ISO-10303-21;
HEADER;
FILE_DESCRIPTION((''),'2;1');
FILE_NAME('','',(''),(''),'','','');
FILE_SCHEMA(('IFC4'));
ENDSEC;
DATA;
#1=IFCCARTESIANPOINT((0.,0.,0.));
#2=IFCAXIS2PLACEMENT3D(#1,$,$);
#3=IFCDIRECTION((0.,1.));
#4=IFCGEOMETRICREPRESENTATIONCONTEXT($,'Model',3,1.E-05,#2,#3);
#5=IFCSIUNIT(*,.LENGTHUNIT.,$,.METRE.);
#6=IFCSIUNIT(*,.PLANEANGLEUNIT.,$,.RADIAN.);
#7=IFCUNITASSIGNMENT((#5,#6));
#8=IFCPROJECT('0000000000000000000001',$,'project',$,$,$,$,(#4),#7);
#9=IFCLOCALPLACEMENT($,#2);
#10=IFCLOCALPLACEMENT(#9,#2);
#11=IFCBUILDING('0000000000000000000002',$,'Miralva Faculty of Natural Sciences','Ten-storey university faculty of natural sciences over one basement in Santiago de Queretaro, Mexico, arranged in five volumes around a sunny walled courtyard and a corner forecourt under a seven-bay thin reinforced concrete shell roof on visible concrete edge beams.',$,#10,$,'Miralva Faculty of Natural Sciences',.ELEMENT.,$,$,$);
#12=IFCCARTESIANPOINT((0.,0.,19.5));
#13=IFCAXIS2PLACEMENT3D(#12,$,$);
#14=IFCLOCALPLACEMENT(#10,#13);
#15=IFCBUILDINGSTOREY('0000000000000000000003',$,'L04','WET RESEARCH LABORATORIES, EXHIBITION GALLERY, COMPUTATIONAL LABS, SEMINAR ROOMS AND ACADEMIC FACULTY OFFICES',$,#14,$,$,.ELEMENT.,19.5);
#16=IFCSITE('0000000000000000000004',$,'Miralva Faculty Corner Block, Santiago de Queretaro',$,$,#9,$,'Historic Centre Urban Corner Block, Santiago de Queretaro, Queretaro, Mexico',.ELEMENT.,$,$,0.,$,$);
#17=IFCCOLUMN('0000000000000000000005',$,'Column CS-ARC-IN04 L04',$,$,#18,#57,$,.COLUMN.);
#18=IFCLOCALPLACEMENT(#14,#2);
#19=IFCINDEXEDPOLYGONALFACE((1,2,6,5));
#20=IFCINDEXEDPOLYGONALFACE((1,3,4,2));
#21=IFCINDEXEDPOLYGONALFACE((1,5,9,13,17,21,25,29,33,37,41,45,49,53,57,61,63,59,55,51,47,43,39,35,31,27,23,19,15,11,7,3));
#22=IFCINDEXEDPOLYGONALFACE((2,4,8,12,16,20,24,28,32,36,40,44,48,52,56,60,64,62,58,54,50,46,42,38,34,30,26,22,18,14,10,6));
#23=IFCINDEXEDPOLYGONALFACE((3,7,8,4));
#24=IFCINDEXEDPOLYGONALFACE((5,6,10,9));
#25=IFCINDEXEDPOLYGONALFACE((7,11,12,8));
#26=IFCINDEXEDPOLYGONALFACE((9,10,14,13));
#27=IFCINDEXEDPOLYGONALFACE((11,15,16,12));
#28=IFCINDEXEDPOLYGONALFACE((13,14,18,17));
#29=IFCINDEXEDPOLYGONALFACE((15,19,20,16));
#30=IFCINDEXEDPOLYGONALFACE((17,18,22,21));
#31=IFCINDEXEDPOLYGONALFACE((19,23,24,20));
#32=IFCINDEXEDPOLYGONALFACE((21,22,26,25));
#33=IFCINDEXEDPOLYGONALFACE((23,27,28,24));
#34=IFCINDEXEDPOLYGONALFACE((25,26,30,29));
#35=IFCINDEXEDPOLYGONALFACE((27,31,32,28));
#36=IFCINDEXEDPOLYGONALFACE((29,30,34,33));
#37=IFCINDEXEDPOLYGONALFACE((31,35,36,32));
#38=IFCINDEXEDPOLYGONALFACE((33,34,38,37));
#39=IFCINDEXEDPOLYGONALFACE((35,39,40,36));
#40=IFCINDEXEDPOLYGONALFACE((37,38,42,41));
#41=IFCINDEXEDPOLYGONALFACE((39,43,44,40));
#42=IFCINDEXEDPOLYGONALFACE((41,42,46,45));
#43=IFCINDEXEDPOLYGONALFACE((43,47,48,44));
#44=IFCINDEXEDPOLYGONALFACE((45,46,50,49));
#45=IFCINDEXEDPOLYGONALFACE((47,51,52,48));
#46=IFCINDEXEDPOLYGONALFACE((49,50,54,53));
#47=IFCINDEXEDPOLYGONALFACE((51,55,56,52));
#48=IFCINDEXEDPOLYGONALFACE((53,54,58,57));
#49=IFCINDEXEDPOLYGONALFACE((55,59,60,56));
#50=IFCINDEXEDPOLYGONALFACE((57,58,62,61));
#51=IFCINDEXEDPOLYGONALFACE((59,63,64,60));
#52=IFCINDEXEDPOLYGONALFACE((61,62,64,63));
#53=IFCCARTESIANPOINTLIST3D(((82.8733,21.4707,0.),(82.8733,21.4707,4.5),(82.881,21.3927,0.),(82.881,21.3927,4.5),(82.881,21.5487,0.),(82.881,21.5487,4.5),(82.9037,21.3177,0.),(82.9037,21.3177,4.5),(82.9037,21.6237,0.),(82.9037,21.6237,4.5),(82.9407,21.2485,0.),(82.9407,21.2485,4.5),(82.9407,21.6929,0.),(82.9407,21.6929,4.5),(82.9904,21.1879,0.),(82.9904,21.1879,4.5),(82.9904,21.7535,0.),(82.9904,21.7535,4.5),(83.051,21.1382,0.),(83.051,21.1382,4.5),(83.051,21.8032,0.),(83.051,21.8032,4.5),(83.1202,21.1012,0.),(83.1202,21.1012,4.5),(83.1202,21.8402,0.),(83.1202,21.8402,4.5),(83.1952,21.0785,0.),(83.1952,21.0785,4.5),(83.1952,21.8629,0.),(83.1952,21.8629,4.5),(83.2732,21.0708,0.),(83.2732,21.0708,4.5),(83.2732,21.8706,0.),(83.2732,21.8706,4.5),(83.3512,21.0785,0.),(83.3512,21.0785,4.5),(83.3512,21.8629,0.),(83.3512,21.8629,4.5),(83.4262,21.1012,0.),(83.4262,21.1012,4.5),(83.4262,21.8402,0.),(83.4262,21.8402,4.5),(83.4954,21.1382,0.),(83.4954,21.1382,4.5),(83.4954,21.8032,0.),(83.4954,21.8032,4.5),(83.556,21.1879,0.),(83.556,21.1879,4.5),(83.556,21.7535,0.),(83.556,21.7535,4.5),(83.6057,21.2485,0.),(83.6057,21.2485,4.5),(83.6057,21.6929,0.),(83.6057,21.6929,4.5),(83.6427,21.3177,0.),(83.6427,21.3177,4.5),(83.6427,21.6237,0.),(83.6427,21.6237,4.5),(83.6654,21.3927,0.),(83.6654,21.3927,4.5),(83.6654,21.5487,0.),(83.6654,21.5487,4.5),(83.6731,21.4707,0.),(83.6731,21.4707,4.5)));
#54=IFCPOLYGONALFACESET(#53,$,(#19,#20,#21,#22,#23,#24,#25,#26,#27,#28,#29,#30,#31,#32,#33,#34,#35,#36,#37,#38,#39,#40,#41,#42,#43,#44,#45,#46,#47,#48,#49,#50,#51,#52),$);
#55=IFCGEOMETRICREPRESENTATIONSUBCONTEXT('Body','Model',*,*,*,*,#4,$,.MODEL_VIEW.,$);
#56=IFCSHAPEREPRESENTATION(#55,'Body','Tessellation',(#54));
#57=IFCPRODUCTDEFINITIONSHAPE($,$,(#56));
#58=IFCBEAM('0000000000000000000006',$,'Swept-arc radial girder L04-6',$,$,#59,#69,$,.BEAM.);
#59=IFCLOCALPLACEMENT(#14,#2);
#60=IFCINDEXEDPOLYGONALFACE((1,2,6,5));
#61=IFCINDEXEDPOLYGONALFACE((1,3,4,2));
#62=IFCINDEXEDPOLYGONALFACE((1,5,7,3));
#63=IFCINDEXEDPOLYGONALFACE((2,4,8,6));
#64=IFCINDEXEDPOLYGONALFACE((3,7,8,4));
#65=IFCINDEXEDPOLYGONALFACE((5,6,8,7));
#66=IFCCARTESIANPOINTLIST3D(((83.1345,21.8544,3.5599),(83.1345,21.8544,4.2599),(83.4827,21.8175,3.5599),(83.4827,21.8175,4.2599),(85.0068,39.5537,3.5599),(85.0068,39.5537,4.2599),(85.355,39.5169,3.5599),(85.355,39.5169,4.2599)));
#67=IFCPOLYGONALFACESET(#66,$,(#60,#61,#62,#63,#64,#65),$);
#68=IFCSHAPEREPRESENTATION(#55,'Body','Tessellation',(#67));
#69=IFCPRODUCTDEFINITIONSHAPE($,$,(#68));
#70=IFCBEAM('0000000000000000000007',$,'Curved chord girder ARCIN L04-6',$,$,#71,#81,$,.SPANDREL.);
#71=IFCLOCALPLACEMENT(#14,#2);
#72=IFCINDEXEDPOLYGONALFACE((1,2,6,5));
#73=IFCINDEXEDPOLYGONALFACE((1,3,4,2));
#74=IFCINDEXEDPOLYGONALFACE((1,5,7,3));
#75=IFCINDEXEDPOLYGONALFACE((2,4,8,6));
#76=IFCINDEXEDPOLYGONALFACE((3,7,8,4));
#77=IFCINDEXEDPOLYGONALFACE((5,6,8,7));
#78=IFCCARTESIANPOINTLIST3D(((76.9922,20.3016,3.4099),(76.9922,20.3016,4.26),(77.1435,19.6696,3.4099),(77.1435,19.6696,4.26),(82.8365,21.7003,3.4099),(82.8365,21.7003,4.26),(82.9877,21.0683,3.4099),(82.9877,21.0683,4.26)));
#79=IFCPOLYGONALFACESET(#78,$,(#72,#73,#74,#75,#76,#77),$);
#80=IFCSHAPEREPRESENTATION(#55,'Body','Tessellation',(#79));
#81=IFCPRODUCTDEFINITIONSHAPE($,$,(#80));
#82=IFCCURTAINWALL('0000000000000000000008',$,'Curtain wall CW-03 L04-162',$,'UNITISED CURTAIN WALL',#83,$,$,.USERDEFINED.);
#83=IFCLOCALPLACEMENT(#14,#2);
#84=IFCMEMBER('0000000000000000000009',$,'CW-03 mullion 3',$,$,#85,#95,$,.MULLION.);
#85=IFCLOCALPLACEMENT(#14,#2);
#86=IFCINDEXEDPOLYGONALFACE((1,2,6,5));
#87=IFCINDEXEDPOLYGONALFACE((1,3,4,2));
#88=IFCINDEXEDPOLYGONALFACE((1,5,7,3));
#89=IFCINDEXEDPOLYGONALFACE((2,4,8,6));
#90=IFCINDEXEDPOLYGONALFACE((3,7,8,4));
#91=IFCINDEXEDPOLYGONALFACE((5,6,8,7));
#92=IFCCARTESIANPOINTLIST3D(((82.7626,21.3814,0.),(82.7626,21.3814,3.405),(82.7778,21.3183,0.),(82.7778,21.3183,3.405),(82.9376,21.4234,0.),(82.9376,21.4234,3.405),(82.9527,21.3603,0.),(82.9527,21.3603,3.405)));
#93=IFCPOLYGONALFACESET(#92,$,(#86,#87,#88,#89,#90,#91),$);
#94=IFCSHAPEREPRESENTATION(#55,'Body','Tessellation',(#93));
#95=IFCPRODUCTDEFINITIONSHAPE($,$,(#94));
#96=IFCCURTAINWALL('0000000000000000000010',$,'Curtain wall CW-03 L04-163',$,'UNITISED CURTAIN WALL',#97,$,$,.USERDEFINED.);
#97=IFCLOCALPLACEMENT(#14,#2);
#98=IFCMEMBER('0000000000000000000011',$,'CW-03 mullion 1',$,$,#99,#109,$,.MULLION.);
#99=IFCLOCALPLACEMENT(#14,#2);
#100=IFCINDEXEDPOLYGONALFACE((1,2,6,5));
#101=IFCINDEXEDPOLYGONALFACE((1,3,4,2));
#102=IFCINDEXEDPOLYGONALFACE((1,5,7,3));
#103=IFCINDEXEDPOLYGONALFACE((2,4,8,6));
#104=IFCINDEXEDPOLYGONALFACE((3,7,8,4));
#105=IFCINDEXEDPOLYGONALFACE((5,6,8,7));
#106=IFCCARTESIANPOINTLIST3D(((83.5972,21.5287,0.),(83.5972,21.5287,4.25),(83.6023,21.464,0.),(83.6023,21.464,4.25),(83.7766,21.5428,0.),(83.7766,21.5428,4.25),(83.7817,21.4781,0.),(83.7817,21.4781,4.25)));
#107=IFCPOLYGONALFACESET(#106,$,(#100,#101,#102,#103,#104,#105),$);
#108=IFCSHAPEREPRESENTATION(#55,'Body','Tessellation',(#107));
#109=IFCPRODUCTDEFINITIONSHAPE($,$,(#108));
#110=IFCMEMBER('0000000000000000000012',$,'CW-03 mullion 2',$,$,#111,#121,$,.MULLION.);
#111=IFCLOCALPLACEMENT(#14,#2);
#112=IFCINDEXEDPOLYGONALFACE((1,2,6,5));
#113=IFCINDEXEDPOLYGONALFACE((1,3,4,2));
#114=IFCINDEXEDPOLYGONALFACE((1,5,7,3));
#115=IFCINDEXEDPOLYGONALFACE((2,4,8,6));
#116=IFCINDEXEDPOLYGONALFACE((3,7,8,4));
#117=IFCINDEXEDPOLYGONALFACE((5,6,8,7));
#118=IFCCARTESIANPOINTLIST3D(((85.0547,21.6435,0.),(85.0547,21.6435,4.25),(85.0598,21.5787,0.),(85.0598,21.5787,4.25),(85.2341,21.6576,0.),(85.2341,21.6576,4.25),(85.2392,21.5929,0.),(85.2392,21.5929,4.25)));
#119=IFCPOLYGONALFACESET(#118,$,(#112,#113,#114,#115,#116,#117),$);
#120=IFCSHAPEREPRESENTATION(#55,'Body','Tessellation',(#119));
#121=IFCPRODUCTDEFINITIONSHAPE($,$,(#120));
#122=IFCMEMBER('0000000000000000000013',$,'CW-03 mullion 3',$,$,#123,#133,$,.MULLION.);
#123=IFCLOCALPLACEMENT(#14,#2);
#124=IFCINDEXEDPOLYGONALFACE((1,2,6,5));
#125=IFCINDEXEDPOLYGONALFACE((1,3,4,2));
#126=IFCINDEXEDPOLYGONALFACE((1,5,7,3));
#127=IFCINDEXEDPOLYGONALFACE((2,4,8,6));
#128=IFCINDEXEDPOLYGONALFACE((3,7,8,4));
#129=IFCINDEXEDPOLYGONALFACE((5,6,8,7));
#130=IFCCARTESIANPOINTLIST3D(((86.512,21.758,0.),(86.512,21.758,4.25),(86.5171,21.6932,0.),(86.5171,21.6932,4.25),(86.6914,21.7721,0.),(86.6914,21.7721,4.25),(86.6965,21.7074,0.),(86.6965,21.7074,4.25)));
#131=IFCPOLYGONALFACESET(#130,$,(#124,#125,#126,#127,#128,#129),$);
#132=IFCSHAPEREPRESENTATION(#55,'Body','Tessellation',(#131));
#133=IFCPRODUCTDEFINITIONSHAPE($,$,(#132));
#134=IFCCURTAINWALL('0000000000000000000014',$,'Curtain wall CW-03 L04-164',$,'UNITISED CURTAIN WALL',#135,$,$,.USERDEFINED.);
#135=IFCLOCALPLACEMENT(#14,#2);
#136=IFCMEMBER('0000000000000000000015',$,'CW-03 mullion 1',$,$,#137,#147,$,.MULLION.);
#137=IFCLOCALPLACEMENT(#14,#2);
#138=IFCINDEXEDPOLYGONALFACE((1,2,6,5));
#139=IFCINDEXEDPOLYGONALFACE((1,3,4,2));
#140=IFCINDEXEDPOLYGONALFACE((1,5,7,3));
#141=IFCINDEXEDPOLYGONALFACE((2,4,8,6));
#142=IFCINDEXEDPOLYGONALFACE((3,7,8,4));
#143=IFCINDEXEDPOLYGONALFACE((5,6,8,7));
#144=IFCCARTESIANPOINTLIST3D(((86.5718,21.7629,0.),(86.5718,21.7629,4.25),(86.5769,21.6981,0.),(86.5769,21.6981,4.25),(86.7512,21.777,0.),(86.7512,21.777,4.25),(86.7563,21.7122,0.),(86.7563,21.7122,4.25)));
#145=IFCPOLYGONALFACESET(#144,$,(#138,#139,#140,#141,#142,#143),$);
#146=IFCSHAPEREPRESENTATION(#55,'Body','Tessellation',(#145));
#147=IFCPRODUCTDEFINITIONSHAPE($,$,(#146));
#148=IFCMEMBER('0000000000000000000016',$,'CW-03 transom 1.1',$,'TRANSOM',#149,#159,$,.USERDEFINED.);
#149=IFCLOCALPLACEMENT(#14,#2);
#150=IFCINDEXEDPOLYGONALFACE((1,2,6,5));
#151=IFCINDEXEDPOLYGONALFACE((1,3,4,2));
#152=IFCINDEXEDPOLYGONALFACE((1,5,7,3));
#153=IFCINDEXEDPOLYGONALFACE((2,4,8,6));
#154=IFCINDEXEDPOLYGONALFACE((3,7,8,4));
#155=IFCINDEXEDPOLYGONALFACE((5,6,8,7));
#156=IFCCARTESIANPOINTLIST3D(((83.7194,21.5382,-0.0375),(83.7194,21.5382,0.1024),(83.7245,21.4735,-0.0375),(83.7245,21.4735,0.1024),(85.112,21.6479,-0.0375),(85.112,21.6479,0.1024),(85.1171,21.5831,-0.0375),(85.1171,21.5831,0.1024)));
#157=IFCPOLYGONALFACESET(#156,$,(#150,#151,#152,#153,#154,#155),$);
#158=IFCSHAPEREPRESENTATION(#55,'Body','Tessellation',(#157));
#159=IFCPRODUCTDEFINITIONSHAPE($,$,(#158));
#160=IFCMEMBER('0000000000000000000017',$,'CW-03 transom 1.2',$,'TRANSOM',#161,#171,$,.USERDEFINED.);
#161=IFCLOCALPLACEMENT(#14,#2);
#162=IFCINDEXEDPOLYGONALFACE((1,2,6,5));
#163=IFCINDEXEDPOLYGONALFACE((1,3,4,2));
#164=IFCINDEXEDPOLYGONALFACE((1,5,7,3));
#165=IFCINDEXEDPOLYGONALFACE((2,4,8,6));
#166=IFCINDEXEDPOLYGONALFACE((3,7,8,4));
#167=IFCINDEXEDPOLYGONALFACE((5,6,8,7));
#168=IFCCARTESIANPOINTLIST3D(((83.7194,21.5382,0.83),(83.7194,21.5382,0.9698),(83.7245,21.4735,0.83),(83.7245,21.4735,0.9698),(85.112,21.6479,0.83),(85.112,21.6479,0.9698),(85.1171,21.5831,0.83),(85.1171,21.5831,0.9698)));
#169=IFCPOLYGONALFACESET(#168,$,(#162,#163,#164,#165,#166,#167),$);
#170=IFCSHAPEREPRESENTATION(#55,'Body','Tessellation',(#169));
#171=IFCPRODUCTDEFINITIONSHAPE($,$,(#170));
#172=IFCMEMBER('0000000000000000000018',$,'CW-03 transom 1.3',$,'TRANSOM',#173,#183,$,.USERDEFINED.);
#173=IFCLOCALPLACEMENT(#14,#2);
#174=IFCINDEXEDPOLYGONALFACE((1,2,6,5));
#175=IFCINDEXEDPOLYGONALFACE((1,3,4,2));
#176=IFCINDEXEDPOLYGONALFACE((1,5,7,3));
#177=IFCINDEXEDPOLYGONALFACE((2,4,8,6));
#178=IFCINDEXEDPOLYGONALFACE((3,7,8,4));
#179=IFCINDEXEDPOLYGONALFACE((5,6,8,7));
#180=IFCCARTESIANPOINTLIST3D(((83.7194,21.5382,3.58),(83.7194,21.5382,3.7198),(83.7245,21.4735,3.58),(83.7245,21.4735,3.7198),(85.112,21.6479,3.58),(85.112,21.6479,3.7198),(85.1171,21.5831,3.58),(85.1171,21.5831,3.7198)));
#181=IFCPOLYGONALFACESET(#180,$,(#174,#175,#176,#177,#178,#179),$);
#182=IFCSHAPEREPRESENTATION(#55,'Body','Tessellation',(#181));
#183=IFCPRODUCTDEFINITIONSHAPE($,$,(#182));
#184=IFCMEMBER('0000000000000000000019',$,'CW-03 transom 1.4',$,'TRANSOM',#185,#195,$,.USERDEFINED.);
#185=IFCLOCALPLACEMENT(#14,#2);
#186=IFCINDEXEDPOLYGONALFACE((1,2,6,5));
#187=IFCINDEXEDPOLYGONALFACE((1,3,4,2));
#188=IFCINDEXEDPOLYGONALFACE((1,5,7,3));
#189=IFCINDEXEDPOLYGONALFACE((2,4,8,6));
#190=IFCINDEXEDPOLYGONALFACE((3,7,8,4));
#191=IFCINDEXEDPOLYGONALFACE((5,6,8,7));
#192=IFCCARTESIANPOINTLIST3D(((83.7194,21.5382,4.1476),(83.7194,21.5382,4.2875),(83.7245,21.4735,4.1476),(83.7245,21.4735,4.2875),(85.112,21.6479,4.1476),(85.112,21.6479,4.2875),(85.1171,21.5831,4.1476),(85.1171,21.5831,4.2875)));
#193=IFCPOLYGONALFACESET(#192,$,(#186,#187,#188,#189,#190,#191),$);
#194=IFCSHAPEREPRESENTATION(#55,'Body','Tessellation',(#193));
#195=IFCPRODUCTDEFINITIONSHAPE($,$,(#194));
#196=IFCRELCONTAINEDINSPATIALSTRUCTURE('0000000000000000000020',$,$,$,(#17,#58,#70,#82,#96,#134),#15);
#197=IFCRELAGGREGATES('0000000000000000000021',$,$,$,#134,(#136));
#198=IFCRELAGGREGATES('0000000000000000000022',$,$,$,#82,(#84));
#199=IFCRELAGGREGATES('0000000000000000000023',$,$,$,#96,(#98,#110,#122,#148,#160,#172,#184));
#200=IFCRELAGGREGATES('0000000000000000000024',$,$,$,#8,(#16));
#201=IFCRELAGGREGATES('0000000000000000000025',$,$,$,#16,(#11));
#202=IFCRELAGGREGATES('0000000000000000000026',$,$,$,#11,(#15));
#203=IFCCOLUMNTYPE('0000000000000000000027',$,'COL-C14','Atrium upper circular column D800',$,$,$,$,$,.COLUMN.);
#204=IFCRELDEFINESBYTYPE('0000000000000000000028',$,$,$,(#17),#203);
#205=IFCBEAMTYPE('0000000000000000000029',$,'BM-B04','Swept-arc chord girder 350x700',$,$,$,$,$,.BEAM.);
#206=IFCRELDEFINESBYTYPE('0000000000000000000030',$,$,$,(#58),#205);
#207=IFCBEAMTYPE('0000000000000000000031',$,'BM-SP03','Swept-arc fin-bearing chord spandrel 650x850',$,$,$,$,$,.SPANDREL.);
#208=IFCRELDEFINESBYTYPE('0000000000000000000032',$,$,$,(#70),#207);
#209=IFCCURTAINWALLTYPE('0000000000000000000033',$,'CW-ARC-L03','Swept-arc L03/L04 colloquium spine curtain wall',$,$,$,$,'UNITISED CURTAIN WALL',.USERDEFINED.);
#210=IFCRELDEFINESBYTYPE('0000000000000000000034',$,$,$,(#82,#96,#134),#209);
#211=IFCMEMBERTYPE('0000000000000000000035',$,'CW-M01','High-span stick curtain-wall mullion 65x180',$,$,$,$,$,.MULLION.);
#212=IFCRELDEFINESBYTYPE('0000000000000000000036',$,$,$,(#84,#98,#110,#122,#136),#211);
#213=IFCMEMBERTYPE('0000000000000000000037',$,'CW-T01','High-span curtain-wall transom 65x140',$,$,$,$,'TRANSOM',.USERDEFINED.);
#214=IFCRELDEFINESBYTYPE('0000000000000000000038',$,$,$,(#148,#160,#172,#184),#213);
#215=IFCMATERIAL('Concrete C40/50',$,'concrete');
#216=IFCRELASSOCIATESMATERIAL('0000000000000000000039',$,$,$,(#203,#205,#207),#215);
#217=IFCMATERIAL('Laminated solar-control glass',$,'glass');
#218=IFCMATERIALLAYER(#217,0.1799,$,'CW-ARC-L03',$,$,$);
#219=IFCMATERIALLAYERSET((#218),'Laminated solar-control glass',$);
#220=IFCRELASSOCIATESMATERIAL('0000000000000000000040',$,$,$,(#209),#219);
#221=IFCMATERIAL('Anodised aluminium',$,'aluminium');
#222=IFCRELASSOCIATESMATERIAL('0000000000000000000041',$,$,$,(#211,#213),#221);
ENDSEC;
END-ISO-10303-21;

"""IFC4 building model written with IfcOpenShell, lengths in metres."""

from ifc_helpers import new_model, si_unit, direction, frame, origin, origin_2d, place, context, subcontext, project, spatial, rectangle, circle, extrude, material, layer, layer_set, material_profile, profile_set, type_object, element, aggregate, save


model = new_model("IFC4")

# Units and contexts
model_context = context("Model", 3, precision=1e-05, world=origin(), true_north=direction((0.0, 1.0)))
body_context = subcontext(model_context, "Body", "Model", "MODEL_VIEW")
ifc_project = project(units=[si_unit("LENGTHUNIT", "METRE"), si_unit("PLANEANGLEUNIT", "RADIAN")], contexts=[model_context])

# Site, building, storey
site_placement = place(None, origin())
site = spatial("IfcSite", under=ifc_project, at=site_placement, Name="Miralva Faculty Corner Block, Santiago de Queretaro", LongName="Historic Centre Urban Corner Block, Santiago de Queretaro, Queretaro, Mexico", CompositionType="ELEMENT", RefElevation=0.0)
building_placement = place(site_placement, origin())
building = spatial("IfcBuilding", under=site, at=building_placement, Name="Miralva Faculty of Natural Sciences", Description="Ten-storey university faculty of natural sciences over one basement in Santiago de Queretaro, Mexico, arranged in five volumes around a sunny walled courtyard and a corner forecourt under a seven-bay thin reinforced concrete shell roof on visible concrete edge beams.", LongName="Miralva Faculty of Natural Sciences", CompositionType="ELEMENT")
storey_placement = place(building_placement, frame((0.0, 0.0, 19.5)))
storey = spatial("IfcBuildingStorey", under=building, at=storey_placement, Name="L04", Description="WET RESEARCH LABORATORIES, EXHIBITION GALLERY, COMPUTATIONAL LABS, SEMINAR ROOMS AND ACADEMIC FACULTY OFFICES", CompositionType="ELEMENT", Elevation=19.5)

# Column
ifc_material_1 = material(Name="Concrete C40/50", Category="concrete")
ifc_material_profile_1 = material_profile(ifc_material_1, circle(Radius=0.3999, at=origin_2d()), Name="RC DIA 800")
ifc_profile_set_1 = profile_set([ifc_material_profile_1], Name="Concrete C40/50")
column_type = type_object("IfcColumnType", Name="COL-C14", Description="Atrium upper circular column D800", PredefinedType="COLUMN", material=ifc_profile_set_1)
column_placement = place(storey_placement, frame((83.2732, 21.4707, 0.0), z_axis=(0.0, 0.0, 1.0), x_axis=(1.0, 0.0, 0.0)))
element("IfcColumn", 1, at=column_placement, inside=storey, type_object=column_type, Name="Column CS-ARC-IN04 L04", PredefinedType="COLUMN", context=body_context, shape_type="SweptSolid", body=[
    extrude(circle(Radius=0.3999, at=origin_2d()), origin(), (0.0, 0.0, 1.0), 4.5),
])

# Beams
ifc_material_profile_2 = material_profile(ifc_material_1, rectangle(XDim=0.3501, YDim=0.7, at=origin_2d()), Name="RC 350x700")
ifc_profile_set_2 = profile_set([ifc_material_profile_2], Name="Concrete C40/50")
beam_type_1 = type_object("IfcBeamType", Name="BM-B04", Description="Swept-arc chord girder 350x700", PredefinedType="BEAM", material=ifc_profile_set_2)
beam_1_placement = place(storey_placement, frame((83.3086, 21.8359, 3.9099), z_axis=(0.105197, 0.994451, 0.0), x_axis=(-0.994451, 0.105197, 0.0)))
element("IfcBeam", 2, at=beam_1_placement, inside=storey, type_object=beam_type_1, Name="Swept-arc radial girder L04-6", PredefinedType="BEAM", context=body_context, shape_type="SweptSolid", body=[
    extrude(rectangle(XDim=0.3501, YDim=0.7, at=origin_2d()), origin(), (0.0, 0.0, 1.0), 17.7981),
])
ifc_material_profile_3 = material_profile(ifc_material_1, rectangle(XDim=0.6499, YDim=0.8501, at=origin_2d()), Name="RC 650x850")
ifc_profile_set_3 = profile_set([ifc_material_profile_3], Name="Concrete C40/50")
beam_type_2 = type_object("IfcBeamType", Name="BM-SP03", Description="Swept-arc fin-bearing chord spandrel 650x850", PredefinedType="SPANDREL", material=ifc_profile_set_3)
beam_2_placement = place(storey_placement, frame((82.9121, 21.3843, 3.835), z_axis=(-0.972536, -0.232754, 0.0), x_axis=(0.232754, -0.972536, 0.0)))
element("IfcBeam", 3, at=beam_2_placement, inside=storey, type_object=beam_type_2, Name="Curved chord girder ARCIN L04-6", PredefinedType="SPANDREL", context=body_context, shape_type="SweptSolid", body=[
    extrude(rectangle(XDim=0.6499, YDim=0.8501, at=origin_2d()), origin(), (0.0, 0.0, 1.0), 6.0093),
])

# Curtain wall, member
ifc_material_2 = material(Name="Laminated solar-control glass", Category="glass")
ifc_layer_1 = layer(ifc_material_2, 0.1799, Name="CW-ARC-L03")
ifc_layer_set_1 = layer_set([ifc_layer_1], Name="Laminated solar-control glass")
curtain_wall_type = type_object("IfcCurtainWallType", Name="CW-ARC-L03", Description="Swept-arc L03/L04 colloquium spine curtain wall", ElementType="UNITISED CURTAIN WALL", PredefinedType="USERDEFINED", material=ifc_layer_set_1)
curtain_wall_1_placement = place(storey_placement, origin())
curtain_wall_1 = element("IfcCurtainWall", 4, at=curtain_wall_1_placement, inside=storey, type_object=curtain_wall_type, Name="Curtain wall CW-03 L04-162", ObjectType="UNITISED CURTAIN WALL", PredefinedType="USERDEFINED")
ifc_material_3 = material(Name="Anodised aluminium", Category="aluminium")
ifc_material_profile_4 = material_profile(ifc_material_3, rectangle(XDim=0.0649, YDim=0.1799, at=origin_2d()), Name="MULLION 65x180")
ifc_profile_set_4 = profile_set([ifc_material_profile_4], Name="Anodised aluminium")
member_type_1 = type_object("IfcMemberType", Name="CW-M01", Description="High-span stick curtain-wall mullion 65x180", PredefinedType="MULLION", material=ifc_profile_set_4)
member_1_placement = place(storey_placement, frame((82.8577, 21.3708, 0.0), z_axis=(0.0, 0.0, 1.0), x_axis=(-0.233464, 0.972365, 0.0)))
member_1 = element("IfcMember", 5, at=member_1_placement, type_object=member_type_1, Name="CW-03 mullion 3", PredefinedType="MULLION", context=body_context, shape_type="SweptSolid", body=[
    extrude(rectangle(XDim=0.0649, YDim=0.1799, at=origin_2d()), origin(), (0.0, 0.0, 1.0), 3.405),
])

# Curtain wall, members
curtain_wall_2_placement = place(storey_placement, origin())
curtain_wall_2 = element("IfcCurtainWall", 6, at=curtain_wall_2_placement, inside=storey, type_object=curtain_wall_type, Name="Curtain wall CW-03 L04-163", ObjectType="UNITISED CURTAIN WALL", PredefinedType="USERDEFINED")
member_2_placement = place(storey_placement, frame((83.6895, 21.5034, 0.0), z_axis=(0.0, 0.0, 1.0), x_axis=(-0.078459, 0.996917, 0.0)))
member_2 = element("IfcMember", 7, at=member_2_placement, type_object=member_type_1, Name="CW-03 mullion 1", PredefinedType="MULLION", context=body_context, shape_type="SweptSolid", body=[
    extrude(rectangle(XDim=0.0649, YDim=0.1799, at=origin_2d()), origin(), (0.0, 0.0, 1.0), 4.25),
])
member_3_placement = place(storey_placement, frame((85.147, 21.6182, 0.0), z_axis=(0.0, 0.0, 1.0), x_axis=(-0.078459, 0.996917, 0.0)))
member_3 = element("IfcMember", 8, at=member_3_placement, type_object=member_type_1, Name="CW-03 mullion 2", PredefinedType="MULLION", context=body_context, shape_type="SweptSolid", body=[
    extrude(rectangle(XDim=0.0649, YDim=0.1799, at=origin_2d()), origin(), (0.0, 0.0, 1.0), 4.25),
])
member_4_placement = place(storey_placement, frame((86.6042, 21.7327, 0.0), z_axis=(0.0, 0.0, 1.0), x_axis=(-0.078459, 0.996917, 0.0)))
member_4 = element("IfcMember", 9, at=member_4_placement, type_object=member_type_1, Name="CW-03 mullion 3", PredefinedType="MULLION", context=body_context, shape_type="SweptSolid", body=[
    extrude(rectangle(XDim=0.0649, YDim=0.1799, at=origin_2d()), origin(), (0.0, 0.0, 1.0), 4.25),
])

# Curtain wall, member
curtain_wall_3_placement = place(storey_placement, origin())
curtain_wall_3 = element("IfcCurtainWall", 10, at=curtain_wall_3_placement, inside=storey, type_object=curtain_wall_type, Name="Curtain wall CW-03 L04-164", ObjectType="UNITISED CURTAIN WALL", PredefinedType="USERDEFINED")
member_5_placement = place(storey_placement, frame((86.6641, 21.7375, 0.0), z_axis=(0.0, 0.0, 1.0), x_axis=(-0.078464, 0.996917, 0.0)))
member_5 = element("IfcMember", 11, at=member_5_placement, type_object=member_type_1, Name="CW-03 mullion 1", PredefinedType="MULLION", context=body_context, shape_type="SweptSolid", body=[
    extrude(rectangle(XDim=0.0649, YDim=0.1799, at=origin_2d()), origin(), (0.0, 0.0, 1.0), 4.25),
])

# Members
ifc_material_profile_5 = material_profile(ifc_material_3, rectangle(XDim=0.0649, YDim=0.1399, at=origin_2d()), Name="TRANSOM 65x140")
ifc_profile_set_5 = profile_set([ifc_material_profile_5], Name="Anodised aluminium")
member_type_2 = type_object("IfcMemberType", Name="CW-T01", Description="High-span curtain-wall transom 65x140", ElementType="TRANSOM", PredefinedType="USERDEFINED", material=ifc_profile_set_5)
member_6_placement = place(storey_placement, frame((83.7219, 21.5059, 0.0325), z_axis=(0.996916, 0.078474, 0.0), x_axis=(-0.078474, 0.996916, 0.0)))
member_6 = element("IfcMember", 12, at=member_6_placement, type_object=member_type_2, Name="CW-03 transom 1.1", ObjectType="TRANSOM", PredefinedType="USERDEFINED", context=body_context, shape_type="SweptSolid", body=[
    extrude(rectangle(XDim=0.0649, YDim=0.1399, at=origin_2d()), origin(), (0.0, 0.0, 1.0), 1.397),
])
member_7_placement = place(storey_placement, frame((83.7219, 21.5059, 0.8999), z_axis=(0.996916, 0.078474, 0.0), x_axis=(-0.078474, 0.996916, 0.0)))
member_7 = element("IfcMember", 13, at=member_7_placement, type_object=member_type_2, Name="CW-03 transom 1.2", ObjectType="TRANSOM", PredefinedType="USERDEFINED", context=body_context, shape_type="SweptSolid", body=[
    extrude(rectangle(XDim=0.0649, YDim=0.1399, at=origin_2d()), origin(), (0.0, 0.0, 1.0), 1.397),
])
member_8_placement = place(storey_placement, frame((83.7219, 21.5059, 3.6499), z_axis=(0.996916, 0.078474, 0.0), x_axis=(-0.078474, 0.996916, 0.0)))
member_8 = element("IfcMember", 14, at=member_8_placement, type_object=member_type_2, Name="CW-03 transom 1.3", ObjectType="TRANSOM", PredefinedType="USERDEFINED", context=body_context, shape_type="SweptSolid", body=[
    extrude(rectangle(XDim=0.0649, YDim=0.1399, at=origin_2d()), origin(), (0.0, 0.0, 1.0), 1.397),
])
member_9_placement = place(storey_placement, frame((83.7219, 21.5059, 4.2175), z_axis=(0.996916, 0.078474, 0.0), x_axis=(-0.078474, 0.996916, 0.0)))
member_9 = element("IfcMember", 15, at=member_9_placement, type_object=member_type_2, Name="CW-03 transom 1.4", ObjectType="TRANSOM", PredefinedType="USERDEFINED", context=body_context, shape_type="SweptSolid", body=[
    extrude(rectangle(XDim=0.0649, YDim=0.1399, at=origin_2d()), origin(), (0.0, 0.0, 1.0), 1.397),
])
aggregate(curtain_wall_3, [member_5])

aggregate(curtain_wall_1, [member_1])
aggregate(curtain_wall_2, [member_2, member_3, member_4, member_6, member_7, member_8, member_9])

save(model, "model.ifc")
